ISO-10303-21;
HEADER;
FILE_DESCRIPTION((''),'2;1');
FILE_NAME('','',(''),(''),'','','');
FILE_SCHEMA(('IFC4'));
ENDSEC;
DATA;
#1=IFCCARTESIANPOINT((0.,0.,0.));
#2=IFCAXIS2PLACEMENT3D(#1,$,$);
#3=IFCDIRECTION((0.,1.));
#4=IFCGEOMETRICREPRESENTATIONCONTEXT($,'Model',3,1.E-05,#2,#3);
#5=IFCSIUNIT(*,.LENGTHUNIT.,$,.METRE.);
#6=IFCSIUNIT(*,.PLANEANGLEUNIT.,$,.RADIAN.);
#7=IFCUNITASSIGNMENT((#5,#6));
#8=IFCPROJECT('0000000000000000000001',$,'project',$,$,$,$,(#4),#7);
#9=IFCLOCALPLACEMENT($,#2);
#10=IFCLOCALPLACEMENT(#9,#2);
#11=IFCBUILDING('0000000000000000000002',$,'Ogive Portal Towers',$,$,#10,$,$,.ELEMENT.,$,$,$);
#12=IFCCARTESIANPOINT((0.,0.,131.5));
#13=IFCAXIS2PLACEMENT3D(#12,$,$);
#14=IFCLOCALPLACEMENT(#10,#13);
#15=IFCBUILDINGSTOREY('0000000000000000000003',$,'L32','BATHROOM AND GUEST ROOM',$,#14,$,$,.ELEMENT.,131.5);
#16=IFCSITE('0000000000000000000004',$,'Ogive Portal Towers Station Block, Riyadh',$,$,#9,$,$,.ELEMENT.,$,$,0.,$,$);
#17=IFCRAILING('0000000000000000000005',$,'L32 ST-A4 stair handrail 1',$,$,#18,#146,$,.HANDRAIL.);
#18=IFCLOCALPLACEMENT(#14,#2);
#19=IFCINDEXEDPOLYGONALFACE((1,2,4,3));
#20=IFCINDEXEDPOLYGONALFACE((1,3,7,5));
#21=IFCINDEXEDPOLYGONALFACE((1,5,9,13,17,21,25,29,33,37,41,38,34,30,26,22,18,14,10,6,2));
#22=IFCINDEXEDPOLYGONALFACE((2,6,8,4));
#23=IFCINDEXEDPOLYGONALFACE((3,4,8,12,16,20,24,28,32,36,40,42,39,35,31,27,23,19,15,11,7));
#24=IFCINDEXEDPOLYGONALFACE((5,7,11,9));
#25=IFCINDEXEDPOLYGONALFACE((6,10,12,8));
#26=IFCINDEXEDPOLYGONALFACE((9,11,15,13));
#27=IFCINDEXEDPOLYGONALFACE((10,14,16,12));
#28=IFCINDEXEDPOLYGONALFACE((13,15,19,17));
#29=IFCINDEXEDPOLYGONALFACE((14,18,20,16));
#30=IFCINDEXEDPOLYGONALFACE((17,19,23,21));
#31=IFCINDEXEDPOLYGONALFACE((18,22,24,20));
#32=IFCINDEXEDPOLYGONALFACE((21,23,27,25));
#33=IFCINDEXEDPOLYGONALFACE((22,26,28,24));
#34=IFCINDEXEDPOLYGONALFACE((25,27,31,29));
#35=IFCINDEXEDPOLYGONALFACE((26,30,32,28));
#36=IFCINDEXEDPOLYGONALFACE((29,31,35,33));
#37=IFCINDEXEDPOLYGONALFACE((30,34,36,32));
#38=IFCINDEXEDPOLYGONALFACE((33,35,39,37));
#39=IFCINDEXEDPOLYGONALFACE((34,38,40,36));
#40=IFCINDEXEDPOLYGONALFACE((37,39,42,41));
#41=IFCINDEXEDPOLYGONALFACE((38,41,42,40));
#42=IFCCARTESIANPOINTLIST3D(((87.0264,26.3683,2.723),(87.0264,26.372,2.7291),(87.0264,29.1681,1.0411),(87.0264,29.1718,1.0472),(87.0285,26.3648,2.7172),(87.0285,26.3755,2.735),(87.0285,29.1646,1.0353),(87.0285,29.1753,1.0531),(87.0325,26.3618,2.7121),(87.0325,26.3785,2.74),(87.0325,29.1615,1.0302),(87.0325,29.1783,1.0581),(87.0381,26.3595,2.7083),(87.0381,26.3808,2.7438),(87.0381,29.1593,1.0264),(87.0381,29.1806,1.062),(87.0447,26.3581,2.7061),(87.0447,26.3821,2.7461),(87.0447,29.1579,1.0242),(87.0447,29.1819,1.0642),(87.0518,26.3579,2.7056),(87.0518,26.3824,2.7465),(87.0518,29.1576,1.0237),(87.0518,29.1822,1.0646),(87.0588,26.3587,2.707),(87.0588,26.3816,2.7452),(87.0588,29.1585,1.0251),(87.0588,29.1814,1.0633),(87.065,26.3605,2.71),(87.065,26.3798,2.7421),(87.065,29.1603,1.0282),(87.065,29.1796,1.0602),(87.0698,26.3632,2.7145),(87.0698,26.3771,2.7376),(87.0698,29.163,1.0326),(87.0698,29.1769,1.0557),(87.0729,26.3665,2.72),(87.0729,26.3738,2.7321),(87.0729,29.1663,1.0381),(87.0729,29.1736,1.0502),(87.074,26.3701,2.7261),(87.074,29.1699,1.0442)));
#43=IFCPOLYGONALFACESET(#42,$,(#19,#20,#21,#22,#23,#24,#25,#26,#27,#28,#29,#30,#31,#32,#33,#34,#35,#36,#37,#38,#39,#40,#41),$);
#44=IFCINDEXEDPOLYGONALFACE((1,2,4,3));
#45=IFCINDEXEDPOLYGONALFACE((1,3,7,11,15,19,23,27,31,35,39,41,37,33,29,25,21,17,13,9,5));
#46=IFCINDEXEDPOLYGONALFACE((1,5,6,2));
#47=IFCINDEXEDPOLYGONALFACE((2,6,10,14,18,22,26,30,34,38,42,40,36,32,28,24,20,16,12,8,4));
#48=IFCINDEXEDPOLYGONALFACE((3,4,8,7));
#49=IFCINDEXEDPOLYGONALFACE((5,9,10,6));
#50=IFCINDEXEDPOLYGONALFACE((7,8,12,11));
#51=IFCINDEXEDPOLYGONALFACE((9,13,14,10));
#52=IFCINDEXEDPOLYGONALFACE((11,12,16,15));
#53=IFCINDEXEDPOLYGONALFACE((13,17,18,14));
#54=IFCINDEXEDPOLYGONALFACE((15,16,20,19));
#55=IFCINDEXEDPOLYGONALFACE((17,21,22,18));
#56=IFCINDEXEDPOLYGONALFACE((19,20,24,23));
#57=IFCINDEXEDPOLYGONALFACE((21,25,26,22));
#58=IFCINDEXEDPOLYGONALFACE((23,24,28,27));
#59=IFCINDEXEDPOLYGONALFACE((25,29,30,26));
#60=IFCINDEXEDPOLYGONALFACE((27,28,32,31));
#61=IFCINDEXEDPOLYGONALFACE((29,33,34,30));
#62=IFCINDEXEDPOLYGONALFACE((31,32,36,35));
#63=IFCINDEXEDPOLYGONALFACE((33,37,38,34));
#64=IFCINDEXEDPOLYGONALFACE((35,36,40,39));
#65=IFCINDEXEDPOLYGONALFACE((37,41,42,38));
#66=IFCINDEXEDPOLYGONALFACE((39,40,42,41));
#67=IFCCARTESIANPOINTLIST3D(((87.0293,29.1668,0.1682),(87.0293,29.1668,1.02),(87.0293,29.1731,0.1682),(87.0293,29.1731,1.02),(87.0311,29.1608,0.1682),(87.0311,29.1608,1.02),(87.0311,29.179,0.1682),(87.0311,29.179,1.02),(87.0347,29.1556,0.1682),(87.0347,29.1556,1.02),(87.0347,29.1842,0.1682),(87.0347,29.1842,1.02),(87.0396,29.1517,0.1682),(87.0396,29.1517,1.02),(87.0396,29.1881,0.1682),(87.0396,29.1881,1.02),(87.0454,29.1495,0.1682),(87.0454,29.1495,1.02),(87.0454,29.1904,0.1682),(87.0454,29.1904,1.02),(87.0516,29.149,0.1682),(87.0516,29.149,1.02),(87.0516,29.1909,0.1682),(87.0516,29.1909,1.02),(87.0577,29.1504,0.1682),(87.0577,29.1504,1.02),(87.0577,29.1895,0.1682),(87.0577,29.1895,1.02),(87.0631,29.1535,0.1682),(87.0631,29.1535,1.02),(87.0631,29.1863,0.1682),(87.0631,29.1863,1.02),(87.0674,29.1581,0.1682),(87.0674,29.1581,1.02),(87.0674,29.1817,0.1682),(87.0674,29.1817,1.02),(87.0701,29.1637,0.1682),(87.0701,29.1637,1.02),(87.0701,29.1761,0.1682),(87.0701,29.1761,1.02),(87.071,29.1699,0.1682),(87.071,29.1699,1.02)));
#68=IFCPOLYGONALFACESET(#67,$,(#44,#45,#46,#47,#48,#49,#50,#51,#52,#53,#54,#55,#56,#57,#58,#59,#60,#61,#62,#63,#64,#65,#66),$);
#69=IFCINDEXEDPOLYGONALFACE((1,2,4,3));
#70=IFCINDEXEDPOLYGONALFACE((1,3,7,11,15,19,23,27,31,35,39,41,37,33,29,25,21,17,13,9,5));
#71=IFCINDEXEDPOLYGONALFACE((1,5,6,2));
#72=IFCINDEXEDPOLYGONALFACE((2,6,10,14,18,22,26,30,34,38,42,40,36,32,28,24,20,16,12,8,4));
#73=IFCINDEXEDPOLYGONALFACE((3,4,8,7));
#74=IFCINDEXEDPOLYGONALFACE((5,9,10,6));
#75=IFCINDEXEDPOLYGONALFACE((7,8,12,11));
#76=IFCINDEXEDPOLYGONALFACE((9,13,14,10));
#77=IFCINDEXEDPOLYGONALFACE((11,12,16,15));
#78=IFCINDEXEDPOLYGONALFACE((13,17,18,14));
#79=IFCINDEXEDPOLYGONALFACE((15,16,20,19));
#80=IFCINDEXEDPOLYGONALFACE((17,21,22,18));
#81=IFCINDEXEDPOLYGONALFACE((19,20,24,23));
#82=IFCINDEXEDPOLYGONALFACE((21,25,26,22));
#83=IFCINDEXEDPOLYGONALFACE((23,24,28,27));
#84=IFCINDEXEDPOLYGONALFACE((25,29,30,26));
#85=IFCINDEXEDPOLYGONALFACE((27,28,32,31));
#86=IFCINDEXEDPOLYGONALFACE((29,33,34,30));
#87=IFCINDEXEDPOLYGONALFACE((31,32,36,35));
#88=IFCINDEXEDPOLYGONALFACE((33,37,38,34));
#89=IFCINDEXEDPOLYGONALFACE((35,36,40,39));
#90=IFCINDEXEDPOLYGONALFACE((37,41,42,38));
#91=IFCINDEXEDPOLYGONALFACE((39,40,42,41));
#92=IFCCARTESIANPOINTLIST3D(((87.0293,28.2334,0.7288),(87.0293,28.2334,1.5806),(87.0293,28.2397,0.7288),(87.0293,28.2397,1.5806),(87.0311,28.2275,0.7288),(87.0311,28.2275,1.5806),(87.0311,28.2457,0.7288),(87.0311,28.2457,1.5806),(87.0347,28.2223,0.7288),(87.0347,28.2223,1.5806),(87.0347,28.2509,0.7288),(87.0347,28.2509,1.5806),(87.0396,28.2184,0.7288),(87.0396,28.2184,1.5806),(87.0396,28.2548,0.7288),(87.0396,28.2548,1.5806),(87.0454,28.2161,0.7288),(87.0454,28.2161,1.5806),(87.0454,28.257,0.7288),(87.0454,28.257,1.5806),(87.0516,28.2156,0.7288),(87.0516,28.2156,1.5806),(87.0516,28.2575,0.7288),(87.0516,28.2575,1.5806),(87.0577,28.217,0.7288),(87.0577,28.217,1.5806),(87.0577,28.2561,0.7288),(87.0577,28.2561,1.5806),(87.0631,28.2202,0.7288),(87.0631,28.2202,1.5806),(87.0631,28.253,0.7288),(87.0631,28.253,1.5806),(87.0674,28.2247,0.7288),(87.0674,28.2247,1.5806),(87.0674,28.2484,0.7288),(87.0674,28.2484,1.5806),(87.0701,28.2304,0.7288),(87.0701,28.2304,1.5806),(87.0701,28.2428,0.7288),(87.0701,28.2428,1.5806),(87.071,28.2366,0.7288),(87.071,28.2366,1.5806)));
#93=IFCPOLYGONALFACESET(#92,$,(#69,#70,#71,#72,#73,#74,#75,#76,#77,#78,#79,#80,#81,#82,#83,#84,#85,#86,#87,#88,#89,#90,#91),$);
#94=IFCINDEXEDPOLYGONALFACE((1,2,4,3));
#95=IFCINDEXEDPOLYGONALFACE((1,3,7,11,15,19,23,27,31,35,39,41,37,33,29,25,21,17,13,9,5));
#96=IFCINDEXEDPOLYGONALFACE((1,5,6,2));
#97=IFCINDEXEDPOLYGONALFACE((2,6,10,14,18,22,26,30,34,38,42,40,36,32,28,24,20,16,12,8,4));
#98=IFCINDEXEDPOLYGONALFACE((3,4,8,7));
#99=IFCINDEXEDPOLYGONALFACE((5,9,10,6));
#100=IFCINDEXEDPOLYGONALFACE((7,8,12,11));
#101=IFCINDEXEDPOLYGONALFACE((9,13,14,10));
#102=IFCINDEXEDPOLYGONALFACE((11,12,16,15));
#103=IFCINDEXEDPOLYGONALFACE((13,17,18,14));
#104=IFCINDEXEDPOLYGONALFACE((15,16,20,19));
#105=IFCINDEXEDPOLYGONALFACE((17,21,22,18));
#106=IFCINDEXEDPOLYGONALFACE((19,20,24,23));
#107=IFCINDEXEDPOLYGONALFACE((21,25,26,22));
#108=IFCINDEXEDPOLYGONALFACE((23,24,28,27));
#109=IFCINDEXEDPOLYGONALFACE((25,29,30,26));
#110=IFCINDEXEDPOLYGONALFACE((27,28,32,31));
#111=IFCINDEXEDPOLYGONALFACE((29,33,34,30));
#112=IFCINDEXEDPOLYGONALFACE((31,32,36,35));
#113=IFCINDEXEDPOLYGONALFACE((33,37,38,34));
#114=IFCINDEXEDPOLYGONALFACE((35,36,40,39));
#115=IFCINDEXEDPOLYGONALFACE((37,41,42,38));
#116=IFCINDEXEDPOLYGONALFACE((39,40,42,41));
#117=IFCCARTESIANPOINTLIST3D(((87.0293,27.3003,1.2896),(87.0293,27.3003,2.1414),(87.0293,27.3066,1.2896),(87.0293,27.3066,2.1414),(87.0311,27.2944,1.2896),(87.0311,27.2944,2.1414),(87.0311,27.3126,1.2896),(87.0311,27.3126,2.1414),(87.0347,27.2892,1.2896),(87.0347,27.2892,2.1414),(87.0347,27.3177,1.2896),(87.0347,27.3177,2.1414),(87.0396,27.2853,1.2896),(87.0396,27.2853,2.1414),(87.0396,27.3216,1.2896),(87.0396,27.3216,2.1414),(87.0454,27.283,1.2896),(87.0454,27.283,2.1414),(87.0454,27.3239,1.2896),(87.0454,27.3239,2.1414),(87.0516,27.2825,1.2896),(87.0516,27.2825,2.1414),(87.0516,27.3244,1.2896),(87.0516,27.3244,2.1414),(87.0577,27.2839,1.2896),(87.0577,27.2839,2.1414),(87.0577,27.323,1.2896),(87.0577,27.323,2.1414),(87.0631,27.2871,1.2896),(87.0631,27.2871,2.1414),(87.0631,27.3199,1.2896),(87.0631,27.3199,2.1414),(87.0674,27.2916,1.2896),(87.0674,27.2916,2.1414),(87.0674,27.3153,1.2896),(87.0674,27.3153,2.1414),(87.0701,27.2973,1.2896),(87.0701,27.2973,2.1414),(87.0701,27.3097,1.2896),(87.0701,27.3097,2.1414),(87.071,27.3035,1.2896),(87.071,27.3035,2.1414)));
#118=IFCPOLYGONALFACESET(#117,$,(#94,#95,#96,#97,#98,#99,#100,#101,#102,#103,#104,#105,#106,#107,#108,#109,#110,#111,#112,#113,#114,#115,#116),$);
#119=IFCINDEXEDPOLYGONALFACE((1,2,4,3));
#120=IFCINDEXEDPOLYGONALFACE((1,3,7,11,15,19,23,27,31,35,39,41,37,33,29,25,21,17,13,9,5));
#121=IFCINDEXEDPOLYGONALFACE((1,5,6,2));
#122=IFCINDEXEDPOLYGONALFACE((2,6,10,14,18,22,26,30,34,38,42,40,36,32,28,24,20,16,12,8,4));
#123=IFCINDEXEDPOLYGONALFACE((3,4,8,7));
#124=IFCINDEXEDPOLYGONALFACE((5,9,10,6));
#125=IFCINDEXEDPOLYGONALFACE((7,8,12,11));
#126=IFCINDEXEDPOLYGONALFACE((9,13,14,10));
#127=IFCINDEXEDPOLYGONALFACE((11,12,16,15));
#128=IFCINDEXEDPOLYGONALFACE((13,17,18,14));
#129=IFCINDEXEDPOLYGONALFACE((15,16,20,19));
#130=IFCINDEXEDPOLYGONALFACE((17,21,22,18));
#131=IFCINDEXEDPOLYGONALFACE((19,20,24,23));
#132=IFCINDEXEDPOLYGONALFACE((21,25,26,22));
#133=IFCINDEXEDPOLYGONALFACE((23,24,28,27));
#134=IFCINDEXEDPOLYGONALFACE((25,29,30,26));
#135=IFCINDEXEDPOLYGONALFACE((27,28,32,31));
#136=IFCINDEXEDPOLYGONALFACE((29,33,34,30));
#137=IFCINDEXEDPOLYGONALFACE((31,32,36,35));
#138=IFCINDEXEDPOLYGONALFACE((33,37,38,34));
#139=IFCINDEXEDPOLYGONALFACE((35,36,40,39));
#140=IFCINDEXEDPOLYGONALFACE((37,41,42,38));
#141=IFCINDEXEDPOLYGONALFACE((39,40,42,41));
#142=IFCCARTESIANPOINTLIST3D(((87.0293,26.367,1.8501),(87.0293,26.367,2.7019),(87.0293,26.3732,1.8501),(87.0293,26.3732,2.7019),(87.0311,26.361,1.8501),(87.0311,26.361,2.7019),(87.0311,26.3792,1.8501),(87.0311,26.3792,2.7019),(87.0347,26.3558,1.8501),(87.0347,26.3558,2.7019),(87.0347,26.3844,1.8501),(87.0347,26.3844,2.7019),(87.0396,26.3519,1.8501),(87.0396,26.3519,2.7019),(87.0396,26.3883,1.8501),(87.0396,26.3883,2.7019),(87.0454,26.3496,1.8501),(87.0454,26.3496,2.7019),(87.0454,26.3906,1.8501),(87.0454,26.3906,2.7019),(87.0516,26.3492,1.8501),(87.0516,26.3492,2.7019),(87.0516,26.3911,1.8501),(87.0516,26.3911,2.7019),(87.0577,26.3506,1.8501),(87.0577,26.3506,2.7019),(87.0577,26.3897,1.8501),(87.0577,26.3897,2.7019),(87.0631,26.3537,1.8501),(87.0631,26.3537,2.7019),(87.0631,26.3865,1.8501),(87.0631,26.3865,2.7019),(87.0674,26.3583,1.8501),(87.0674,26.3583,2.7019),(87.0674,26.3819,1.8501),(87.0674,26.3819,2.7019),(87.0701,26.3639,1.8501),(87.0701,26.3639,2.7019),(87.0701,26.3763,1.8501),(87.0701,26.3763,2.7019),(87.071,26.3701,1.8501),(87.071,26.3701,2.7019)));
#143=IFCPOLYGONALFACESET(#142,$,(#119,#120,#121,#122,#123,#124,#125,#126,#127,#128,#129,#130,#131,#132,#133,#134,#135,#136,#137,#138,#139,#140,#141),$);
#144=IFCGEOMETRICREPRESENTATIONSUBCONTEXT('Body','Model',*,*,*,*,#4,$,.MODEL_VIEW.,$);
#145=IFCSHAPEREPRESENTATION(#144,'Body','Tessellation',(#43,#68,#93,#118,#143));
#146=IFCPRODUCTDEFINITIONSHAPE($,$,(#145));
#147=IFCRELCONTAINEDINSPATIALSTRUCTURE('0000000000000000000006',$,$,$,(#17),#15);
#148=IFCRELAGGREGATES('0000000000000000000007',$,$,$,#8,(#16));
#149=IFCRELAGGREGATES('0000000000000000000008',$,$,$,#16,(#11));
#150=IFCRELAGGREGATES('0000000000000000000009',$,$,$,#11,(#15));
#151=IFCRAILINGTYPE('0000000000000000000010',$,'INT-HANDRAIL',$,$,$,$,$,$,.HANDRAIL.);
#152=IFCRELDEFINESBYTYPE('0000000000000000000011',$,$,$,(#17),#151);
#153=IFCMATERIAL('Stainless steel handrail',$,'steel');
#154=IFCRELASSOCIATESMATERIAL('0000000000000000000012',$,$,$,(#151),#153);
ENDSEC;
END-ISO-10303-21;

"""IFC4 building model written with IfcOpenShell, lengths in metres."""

from ifc_helpers import new_model, si_unit, direction, frame, origin, origin_2d, place, context, subcontext, project, spatial, circle, extrude, material, type_object, element, save


model = new_model("IFC4")

# Units and contexts
model_context = context("Model", 3, precision=1e-05, world=origin(), true_north=direction((0.0, 1.0)))
body_context = subcontext(model_context, "Body", "Model", "MODEL_VIEW")
ifc_project = project(units=[si_unit("LENGTHUNIT", "METRE"), si_unit("PLANEANGLEUNIT", "RADIAN")], contexts=[model_context])

# Site, building, storey
site_placement = place(None, origin())
site = spatial("IfcSite", under=ifc_project, at=site_placement, Name="Ogive Portal Towers Station Block, Riyadh", CompositionType="ELEMENT", RefElevation=0.0)
building_placement = place(site_placement, origin())
building = spatial("IfcBuilding", under=site, at=building_placement, Name="Ogive Portal Towers", CompositionType="ELEMENT")
storey_placement = place(building_placement, frame((0.0, 0.0, 131.5)))
storey = spatial("IfcBuildingStorey", under=building, at=storey_placement, Name="L32", Description="BATHROOM AND GUEST ROOM", CompositionType="ELEMENT", Elevation=131.5)

# Railing
ifc_material_1 = material(Name="Stainless steel handrail", Category="steel")
railing_type_1 = type_object("IfcRailingType", Name="INT-HANDRAIL", PredefinedType="HANDRAIL", material=ifc_material_1)
railing_1_placement = place(storey_placement, frame((87.05, 29.1699, 0.1682)))
element("IfcRailing", 1, at=railing_1_placement, inside=storey, type_object=railing_type_1, Name="L32 ST-A4 stair handrail 1", PredefinedType="HANDRAIL", context=body_context, shape_type="SweptSolid", body=[
    extrude(circle(Radius=0.0239, at=origin_2d()), frame((0.0, 0.0, 0.876), z_axis=(0.0, -0.857222, 0.514946), x_axis=(1.0, 0.0, 0.0)), (0.0, 0.0, 1.0), 3.2661),
    extrude(circle(Radius=0.021, at=origin_2d()), origin(), (0.0, 0.0, 1.0), 0.8518),
    extrude(circle(Radius=0.021, at=origin_2d()), frame((0.0, -0.9333, 0.5605)), (0.0, 0.0, 1.0), 0.8518),
    extrude(circle(Radius=0.021, at=origin_2d()), frame((0.0, -1.8665, 1.1213)), (0.0, 0.0, 1.0), 0.8518),
    extrude(circle(Radius=0.021, at=origin_2d()), frame((0.0, -2.7998, 1.6819)), (0.0, 0.0, 1.0), 0.8518),
])

save(model, "model.ifc")
